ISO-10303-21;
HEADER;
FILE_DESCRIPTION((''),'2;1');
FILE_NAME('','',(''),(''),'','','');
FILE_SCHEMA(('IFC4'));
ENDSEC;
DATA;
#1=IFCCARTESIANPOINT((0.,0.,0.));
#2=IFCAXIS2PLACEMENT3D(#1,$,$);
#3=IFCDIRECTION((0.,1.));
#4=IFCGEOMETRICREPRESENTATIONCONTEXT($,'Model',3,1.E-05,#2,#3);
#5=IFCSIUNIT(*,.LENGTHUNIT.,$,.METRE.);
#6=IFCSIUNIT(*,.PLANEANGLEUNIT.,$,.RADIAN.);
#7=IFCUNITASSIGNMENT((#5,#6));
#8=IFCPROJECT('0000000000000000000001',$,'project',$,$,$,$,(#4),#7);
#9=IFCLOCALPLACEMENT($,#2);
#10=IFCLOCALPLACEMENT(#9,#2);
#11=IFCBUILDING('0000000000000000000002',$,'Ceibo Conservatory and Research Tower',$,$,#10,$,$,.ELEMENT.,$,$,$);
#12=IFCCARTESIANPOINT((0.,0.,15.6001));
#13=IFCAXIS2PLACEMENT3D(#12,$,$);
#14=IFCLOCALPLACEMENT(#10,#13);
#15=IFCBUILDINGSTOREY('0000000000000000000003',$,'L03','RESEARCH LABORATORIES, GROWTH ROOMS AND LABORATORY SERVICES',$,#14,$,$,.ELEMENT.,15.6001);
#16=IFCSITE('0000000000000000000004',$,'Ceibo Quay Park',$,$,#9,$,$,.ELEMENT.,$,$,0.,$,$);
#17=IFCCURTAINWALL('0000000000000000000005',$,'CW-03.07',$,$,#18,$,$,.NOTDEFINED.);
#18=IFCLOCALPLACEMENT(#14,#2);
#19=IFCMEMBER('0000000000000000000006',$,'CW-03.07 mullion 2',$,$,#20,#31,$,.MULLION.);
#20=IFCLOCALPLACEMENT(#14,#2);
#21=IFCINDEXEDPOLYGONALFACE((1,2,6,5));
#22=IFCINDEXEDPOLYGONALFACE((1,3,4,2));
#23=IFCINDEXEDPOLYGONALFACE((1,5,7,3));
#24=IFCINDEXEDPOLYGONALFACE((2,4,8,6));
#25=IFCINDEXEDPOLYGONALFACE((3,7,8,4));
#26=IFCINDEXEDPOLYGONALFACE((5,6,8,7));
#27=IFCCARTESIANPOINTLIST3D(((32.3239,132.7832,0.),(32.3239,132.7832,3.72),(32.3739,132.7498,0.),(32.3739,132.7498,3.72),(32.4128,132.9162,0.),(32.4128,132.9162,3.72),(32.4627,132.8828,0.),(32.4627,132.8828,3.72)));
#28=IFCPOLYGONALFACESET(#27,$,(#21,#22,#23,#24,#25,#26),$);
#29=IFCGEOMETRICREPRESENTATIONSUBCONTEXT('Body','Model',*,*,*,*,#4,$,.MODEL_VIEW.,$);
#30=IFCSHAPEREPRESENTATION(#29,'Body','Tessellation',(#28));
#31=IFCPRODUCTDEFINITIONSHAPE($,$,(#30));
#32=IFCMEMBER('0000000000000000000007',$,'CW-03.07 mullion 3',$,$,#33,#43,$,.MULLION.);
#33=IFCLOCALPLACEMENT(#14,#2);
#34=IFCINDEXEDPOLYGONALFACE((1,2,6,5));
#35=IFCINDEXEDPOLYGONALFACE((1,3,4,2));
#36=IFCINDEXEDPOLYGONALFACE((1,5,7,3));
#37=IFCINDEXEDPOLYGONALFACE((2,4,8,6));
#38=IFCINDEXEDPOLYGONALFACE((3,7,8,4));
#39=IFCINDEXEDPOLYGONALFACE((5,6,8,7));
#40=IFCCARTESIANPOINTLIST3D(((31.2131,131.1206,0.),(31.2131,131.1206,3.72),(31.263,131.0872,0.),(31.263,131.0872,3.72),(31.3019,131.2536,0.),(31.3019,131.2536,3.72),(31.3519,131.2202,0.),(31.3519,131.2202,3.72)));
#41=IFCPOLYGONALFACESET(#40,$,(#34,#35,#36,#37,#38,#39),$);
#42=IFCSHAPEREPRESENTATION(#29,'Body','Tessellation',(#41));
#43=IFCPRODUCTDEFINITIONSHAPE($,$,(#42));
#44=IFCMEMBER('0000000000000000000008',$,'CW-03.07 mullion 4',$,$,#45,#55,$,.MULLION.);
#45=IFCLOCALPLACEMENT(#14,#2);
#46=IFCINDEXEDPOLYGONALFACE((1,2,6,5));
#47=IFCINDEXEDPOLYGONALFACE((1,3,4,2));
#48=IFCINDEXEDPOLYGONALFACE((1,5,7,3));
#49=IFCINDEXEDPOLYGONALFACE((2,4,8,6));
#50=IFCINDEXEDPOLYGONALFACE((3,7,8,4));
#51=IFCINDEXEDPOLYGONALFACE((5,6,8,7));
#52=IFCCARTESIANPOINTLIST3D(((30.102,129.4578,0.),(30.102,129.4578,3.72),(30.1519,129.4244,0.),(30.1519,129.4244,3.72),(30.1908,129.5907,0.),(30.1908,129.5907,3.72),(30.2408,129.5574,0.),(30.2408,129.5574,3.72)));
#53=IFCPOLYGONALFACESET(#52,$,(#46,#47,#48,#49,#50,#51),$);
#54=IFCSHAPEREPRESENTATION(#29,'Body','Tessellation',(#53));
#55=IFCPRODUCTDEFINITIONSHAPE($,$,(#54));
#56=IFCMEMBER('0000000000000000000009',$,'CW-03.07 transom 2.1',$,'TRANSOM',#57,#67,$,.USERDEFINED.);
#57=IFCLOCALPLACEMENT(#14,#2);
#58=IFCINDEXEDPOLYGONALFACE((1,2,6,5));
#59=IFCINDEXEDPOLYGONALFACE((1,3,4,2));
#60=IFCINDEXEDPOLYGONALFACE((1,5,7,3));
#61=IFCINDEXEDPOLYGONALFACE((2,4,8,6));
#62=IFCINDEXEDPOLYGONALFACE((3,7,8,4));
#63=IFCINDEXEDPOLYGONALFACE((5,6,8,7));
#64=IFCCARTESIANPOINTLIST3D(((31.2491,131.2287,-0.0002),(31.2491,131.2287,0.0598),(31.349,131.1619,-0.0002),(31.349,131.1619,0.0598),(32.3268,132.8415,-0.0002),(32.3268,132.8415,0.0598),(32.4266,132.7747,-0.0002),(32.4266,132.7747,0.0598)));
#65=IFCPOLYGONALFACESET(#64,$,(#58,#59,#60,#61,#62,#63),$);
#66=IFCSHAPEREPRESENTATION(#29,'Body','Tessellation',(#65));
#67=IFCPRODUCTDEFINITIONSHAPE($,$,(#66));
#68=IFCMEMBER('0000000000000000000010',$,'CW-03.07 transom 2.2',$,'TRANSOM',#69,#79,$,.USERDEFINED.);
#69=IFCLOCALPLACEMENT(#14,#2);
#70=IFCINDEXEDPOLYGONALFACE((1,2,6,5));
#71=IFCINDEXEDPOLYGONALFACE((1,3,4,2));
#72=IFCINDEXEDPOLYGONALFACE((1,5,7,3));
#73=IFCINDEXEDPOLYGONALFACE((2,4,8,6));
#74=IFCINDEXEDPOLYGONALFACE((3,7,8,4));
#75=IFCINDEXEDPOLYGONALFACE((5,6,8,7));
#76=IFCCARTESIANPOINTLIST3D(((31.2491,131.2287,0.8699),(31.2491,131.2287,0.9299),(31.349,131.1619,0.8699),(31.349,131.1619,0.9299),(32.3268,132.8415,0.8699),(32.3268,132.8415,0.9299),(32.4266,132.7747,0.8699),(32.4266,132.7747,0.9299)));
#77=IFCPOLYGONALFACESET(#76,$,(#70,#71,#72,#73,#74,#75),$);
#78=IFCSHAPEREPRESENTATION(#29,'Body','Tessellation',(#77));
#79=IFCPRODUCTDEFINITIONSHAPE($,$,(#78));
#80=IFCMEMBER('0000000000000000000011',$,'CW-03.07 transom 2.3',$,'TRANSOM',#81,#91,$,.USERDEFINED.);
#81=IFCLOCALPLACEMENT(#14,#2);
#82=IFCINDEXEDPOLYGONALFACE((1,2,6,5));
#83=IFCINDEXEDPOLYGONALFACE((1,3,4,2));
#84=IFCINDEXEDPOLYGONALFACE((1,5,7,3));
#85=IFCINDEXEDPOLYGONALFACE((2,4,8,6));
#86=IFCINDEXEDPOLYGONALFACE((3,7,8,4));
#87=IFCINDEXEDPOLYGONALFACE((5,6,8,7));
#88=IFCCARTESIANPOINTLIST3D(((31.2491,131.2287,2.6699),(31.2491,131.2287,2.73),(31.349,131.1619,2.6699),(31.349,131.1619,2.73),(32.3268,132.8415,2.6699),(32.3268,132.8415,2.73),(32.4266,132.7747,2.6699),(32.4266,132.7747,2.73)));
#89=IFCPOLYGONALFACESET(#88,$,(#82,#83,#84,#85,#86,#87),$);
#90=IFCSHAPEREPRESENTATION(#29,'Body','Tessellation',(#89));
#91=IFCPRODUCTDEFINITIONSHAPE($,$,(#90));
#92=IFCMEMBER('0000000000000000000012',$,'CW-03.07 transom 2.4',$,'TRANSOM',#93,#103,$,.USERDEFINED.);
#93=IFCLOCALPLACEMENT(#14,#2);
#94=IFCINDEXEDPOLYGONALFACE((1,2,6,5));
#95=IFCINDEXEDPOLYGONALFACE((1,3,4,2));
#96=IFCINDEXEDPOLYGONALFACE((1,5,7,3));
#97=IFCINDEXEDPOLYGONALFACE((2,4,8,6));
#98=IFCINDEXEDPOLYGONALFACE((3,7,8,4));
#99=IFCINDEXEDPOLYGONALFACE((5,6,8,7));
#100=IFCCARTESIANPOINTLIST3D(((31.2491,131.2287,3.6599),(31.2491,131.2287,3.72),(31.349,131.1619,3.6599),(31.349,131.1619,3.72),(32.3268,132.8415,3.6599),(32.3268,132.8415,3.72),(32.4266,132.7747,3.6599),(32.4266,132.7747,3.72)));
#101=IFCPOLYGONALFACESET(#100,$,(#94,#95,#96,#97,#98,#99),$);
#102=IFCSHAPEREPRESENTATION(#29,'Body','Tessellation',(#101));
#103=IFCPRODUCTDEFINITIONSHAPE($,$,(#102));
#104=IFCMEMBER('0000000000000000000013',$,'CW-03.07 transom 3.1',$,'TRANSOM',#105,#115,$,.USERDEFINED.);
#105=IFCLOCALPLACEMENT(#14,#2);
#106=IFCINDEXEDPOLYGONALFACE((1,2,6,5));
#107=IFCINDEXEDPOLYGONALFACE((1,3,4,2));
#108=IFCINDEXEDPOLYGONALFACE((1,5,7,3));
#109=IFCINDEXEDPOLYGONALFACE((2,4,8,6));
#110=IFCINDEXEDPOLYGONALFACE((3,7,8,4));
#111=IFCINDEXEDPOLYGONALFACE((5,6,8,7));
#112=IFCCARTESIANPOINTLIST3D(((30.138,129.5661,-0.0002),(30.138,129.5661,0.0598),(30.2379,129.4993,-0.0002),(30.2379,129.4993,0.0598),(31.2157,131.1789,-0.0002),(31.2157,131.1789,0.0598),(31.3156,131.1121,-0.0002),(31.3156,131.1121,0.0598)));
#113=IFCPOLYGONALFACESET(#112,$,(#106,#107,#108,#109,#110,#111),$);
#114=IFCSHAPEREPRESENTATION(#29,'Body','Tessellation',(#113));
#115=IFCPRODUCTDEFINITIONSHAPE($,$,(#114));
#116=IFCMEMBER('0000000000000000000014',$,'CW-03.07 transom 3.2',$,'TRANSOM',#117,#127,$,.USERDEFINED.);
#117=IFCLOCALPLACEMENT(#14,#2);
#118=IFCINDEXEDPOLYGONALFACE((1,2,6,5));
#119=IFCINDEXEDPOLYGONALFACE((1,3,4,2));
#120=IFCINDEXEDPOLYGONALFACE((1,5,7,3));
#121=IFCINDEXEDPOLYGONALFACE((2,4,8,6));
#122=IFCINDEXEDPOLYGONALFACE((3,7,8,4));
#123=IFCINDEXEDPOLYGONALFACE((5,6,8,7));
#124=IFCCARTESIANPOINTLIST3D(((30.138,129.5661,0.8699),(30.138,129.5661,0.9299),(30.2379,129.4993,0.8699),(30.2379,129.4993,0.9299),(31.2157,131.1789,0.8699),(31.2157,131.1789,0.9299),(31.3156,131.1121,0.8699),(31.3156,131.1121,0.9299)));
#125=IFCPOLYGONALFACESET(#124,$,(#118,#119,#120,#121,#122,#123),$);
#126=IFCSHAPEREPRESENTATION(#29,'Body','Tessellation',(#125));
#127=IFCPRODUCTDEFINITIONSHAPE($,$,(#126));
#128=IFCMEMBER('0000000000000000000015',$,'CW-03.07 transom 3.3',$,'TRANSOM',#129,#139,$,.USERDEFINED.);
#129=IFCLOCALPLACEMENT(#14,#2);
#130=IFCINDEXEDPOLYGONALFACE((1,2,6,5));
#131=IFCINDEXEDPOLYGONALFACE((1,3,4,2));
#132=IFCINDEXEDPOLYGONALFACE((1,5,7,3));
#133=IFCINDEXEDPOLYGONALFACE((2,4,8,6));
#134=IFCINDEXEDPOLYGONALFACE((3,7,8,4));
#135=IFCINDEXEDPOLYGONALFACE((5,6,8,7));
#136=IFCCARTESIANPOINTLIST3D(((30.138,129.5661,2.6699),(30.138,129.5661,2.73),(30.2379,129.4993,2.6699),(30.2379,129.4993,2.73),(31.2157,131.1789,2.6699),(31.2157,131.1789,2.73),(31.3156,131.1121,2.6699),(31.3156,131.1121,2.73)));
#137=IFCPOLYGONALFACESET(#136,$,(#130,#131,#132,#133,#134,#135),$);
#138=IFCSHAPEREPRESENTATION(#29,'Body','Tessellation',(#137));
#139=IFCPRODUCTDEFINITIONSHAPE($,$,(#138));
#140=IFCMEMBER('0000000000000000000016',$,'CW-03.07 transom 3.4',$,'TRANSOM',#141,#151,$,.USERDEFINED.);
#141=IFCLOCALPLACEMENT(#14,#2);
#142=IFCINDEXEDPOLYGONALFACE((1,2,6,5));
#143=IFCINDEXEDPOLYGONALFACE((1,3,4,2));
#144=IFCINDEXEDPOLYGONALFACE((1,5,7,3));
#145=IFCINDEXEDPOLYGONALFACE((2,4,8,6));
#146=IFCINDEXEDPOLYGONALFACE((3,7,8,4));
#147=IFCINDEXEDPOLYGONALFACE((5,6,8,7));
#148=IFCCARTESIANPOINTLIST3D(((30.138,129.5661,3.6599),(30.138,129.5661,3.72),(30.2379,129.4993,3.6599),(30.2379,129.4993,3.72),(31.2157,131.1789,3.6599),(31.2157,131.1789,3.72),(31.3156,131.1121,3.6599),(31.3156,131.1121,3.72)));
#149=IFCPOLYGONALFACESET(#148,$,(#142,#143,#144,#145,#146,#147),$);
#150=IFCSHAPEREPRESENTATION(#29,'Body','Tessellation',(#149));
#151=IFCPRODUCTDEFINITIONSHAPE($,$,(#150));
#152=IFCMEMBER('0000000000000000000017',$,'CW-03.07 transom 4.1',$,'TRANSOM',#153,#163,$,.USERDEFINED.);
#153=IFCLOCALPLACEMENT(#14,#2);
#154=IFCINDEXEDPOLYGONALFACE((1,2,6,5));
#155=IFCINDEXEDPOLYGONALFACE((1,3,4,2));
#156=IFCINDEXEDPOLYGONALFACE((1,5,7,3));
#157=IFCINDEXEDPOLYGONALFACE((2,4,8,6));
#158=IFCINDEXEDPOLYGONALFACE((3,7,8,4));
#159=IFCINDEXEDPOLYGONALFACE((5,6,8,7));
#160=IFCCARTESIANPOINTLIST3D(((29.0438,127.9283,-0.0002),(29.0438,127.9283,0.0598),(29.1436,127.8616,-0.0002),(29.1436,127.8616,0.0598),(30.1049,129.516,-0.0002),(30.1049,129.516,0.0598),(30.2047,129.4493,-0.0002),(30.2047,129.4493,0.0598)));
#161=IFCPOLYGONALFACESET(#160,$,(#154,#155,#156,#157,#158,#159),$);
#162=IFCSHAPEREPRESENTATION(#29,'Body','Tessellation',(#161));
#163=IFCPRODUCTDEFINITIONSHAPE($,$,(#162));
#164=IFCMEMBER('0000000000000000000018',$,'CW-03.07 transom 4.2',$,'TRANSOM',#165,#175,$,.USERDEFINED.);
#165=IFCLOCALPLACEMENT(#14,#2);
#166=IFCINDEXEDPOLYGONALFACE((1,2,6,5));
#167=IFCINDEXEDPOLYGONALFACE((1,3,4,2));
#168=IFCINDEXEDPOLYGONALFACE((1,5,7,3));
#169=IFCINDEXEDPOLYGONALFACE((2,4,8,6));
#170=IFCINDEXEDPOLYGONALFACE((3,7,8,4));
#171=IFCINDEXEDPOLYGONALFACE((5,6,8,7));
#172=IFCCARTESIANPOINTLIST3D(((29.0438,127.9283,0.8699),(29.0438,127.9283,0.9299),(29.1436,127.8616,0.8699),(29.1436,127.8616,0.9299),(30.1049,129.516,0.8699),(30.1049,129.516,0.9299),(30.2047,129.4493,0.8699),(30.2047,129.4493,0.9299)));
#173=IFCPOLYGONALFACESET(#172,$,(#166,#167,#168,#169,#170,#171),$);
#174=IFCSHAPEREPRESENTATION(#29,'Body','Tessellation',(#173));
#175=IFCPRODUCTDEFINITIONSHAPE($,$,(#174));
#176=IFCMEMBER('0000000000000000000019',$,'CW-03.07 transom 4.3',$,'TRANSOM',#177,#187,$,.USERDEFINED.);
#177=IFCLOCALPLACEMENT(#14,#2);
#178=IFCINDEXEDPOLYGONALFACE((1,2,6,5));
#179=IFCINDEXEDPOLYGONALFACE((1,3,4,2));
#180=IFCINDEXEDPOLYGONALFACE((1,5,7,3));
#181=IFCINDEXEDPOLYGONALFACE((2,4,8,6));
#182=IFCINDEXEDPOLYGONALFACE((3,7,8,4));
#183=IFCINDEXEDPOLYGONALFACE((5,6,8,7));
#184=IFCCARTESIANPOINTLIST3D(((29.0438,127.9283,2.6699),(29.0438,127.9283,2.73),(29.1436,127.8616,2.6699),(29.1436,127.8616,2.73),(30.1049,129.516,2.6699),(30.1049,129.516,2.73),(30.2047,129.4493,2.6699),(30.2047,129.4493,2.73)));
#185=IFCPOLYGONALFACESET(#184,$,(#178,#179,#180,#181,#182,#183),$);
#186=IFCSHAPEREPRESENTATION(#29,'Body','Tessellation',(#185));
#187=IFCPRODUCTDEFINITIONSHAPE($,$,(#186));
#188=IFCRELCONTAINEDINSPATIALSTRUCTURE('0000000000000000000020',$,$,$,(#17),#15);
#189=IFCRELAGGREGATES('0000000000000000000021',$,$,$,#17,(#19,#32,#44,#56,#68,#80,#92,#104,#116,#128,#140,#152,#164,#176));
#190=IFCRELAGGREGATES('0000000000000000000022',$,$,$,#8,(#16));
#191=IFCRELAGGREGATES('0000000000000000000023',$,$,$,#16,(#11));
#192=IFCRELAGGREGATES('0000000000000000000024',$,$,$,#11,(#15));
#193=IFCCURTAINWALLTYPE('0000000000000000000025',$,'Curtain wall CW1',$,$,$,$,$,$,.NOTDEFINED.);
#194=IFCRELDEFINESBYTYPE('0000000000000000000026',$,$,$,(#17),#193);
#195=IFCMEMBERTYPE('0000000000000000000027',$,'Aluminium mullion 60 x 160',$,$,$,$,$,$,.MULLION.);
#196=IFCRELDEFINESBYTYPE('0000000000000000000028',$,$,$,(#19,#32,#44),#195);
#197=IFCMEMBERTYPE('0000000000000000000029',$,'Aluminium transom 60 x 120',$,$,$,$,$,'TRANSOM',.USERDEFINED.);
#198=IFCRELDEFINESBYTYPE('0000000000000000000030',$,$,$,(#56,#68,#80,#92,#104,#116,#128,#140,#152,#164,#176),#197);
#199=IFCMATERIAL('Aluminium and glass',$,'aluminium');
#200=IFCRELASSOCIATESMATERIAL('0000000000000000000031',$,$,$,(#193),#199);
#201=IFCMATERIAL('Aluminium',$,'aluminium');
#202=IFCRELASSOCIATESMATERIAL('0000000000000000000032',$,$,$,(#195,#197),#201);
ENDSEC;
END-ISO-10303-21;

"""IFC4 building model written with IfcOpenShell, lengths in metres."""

from ifc_helpers import new_model, si_unit, direction, frame, origin, origin_2d, place, context, subcontext, project, spatial, rectangle, extrude, material, material_profile, profile_set, type_object, element, aggregate, save


model = new_model("IFC4")

# Units and contexts
model_context = context("Model", 3, precision=1e-05, world=origin(), true_north=direction((0.0, 1.0)))
body_context = subcontext(model_context, "Body", "Model", "MODEL_VIEW")
ifc_project = project(units=[si_unit("LENGTHUNIT", "METRE"), si_unit("PLANEANGLEUNIT", "RADIAN")], contexts=[model_context])

# Site, building, storey
site_placement = place(None, origin())
site = spatial("IfcSite", under=ifc_project, at=site_placement, Name="Ceibo Quay Park", CompositionType="ELEMENT", RefElevation=0.0)
building_placement = place(site_placement, origin())
building = spatial("IfcBuilding", under=site, at=building_placement, Name="Ceibo Conservatory and Research Tower", CompositionType="ELEMENT")
storey_placement = place(building_placement, frame((0.0, 0.0, 15.6001)))
storey = spatial("IfcBuildingStorey", under=building, at=storey_placement, Name="L03", Description="RESEARCH LABORATORIES, GROWTH ROOMS AND LABORATORY SERVICES", CompositionType="ELEMENT", Elevation=15.6001)

# Curtain wall, members
ifc_material_1 = material(Name="Aluminium and glass", Category="aluminium")
curtain_wall_type = type_object("IfcCurtainWallType", Name="Curtain wall CW1", PredefinedType="NOTDEFINED", material=ifc_material_1)
curtain_wall_placement = place(storey_placement, origin())
curtain_wall = element("IfcCurtainWall", 1, at=curtain_wall_placement, inside=storey, type_object=curtain_wall_type, Name="CW-03.07", PredefinedType="NOTDEFINED")
ifc_material_2 = material(Name="Aluminium", Category="aluminium")
ifc_material_profile_1 = material_profile(ifc_material_2, rectangle(XDim=0.0601, YDim=0.1599, at=origin_2d()), Name="Aluminium 60 x 160")
ifc_profile_set_1 = profile_set([ifc_material_profile_1], Name="Aluminium")
member_type_1 = type_object("IfcMemberType", Name="Aluminium mullion 60 x 160", PredefinedType="MULLION", material=ifc_profile_set_1)
member_1_placement = place(storey_placement, frame((32.3933, 132.833, 0.0), z_axis=(0.0, 0.0, 1.0), x_axis=(0.83147, -0.55557, 0.0)))
member_1 = element("IfcMember", 2, at=member_1_placement, type_object=member_type_1, Name="CW-03.07 mullion 2", PredefinedType="MULLION", context=body_context, shape_type="SweptSolid", body=[
    extrude(rectangle(XDim=0.0601, YDim=0.1599, at=origin_2d()), origin(), (0.0, 0.0, 1.0), 3.72),
])
member_2_placement = place(storey_placement, frame((31.2825, 131.1704, 0.0), z_axis=(0.0, 0.0, 1.0), x_axis=(0.83147, -0.55557, 0.0)))
member_2 = element("IfcMember", 3, at=member_2_placement, type_object=member_type_1, Name="CW-03.07 mullion 3", PredefinedType="MULLION", context=body_context, shape_type="SweptSolid", body=[
    extrude(rectangle(XDim=0.0601, YDim=0.1599, at=origin_2d()), origin(), (0.0, 0.0, 1.0), 3.72),
])
member_3_placement = place(storey_placement, frame((30.1714, 129.5076, 0.0), z_axis=(0.0, 0.0, 1.0), x_axis=(0.83147, -0.55557, 0.0)))
member_3 = element("IfcMember", 4, at=member_3_placement, type_object=member_type_1, Name="CW-03.07 mullion 4", PredefinedType="MULLION", context=body_context, shape_type="SweptSolid", body=[
    extrude(rectangle(XDim=0.0601, YDim=0.1599, at=origin_2d()), origin(), (0.0, 0.0, 1.0), 3.72),
])
ifc_material_profile_2 = material_profile(ifc_material_2, rectangle(XDim=0.1201, YDim=0.0601, at=origin_2d()), Name="Aluminium 60 x 120")
ifc_profile_set_2 = profile_set([ifc_material_profile_2], Name="Aluminium")
member_type_2 = type_object("IfcMemberType", Name="Aluminium transom 60 x 120", ElementType="TRANSOM", PredefinedType="USERDEFINED", material=ifc_profile_set_2)
member_4_placement = place(storey_placement, frame((32.3767, 132.8081, 0.0298), z_axis=(-0.555571, -0.831469, 0.0), x_axis=(0.831469, -0.555571, 0.0)))
member_4 = element("IfcMember", 5, at=member_4_placement, type_object=member_type_2, Name="CW-03.07 transom 2.1", ObjectType="TRANSOM", PredefinedType="USERDEFINED", context=body_context, shape_type="SweptSolid", body=[
    extrude(rectangle(XDim=0.1201, YDim=0.0601, at=origin_2d()), origin(), (0.0, 0.0, 1.0), 1.9397),
])
member_5_placement = place(storey_placement, frame((32.3767, 132.8081, 0.8999), z_axis=(-0.555571, -0.831469, 0.0), x_axis=(0.831469, -0.555571, 0.0)))
member_5 = element("IfcMember", 6, at=member_5_placement, type_object=member_type_2, Name="CW-03.07 transom 2.2", ObjectType="TRANSOM", PredefinedType="USERDEFINED", context=body_context, shape_type="SweptSolid", body=[
    extrude(rectangle(XDim=0.1201, YDim=0.0601, at=origin_2d()), origin(), (0.0, 0.0, 1.0), 1.9397),
])
member_6_placement = place(storey_placement, frame((32.3767, 132.8081, 2.7), z_axis=(-0.555571, -0.831469, 0.0), x_axis=(0.831469, -0.555571, 0.0)))
member_6 = element("IfcMember", 7, at=member_6_placement, type_object=member_type_2, Name="CW-03.07 transom 2.3", ObjectType="TRANSOM", PredefinedType="USERDEFINED", context=body_context, shape_type="SweptSolid", body=[
    extrude(rectangle(XDim=0.1201, YDim=0.0601, at=origin_2d()), origin(), (0.0, 0.0, 1.0), 1.9397),
])
member_7_placement = place(storey_placement, frame((32.3767, 132.8081, 3.6899), z_axis=(-0.555571, -0.831469, 0.0), x_axis=(0.831469, -0.555571, 0.0)))
member_7 = element("IfcMember", 8, at=member_7_placement, type_object=member_type_2, Name="CW-03.07 transom 2.4", ObjectType="TRANSOM", PredefinedType="USERDEFINED", context=body_context, shape_type="SweptSolid", body=[
    extrude(rectangle(XDim=0.1201, YDim=0.0601, at=origin_2d()), origin(), (0.0, 0.0, 1.0), 1.9397),
])
member_8_placement = place(storey_placement, frame((31.2656, 131.1455, 0.0298), z_axis=(-0.555571, -0.831469, 0.0), x_axis=(0.831469, -0.555571, 0.0)))
member_8 = element("IfcMember", 9, at=member_8_placement, type_object=member_type_2, Name="CW-03.07 transom 3.1", ObjectType="TRANSOM", PredefinedType="USERDEFINED", context=body_context, shape_type="SweptSolid", body=[
    extrude(rectangle(XDim=0.1201, YDim=0.0601, at=origin_2d()), origin(), (0.0, 0.0, 1.0), 1.9397),
])
member_9_placement = place(storey_placement, frame((31.2656, 131.1455, 0.8999), z_axis=(-0.555571, -0.831469, 0.0), x_axis=(0.831469, -0.555571, 0.0)))
member_9 = element("IfcMember", 10, at=member_9_placement, type_object=member_type_2, Name="CW-03.07 transom 3.2", ObjectType="TRANSOM", PredefinedType="USERDEFINED", context=body_context, shape_type="SweptSolid", body=[
    extrude(rectangle(XDim=0.1201, YDim=0.0601, at=origin_2d()), origin(), (0.0, 0.0, 1.0), 1.9397),
])
member_10_placement = place(storey_placement, frame((31.2656, 131.1455, 2.7), z_axis=(-0.555571, -0.831469, 0.0), x_axis=(0.831469, -0.555571, 0.0)))
member_10 = element("IfcMember", 11, at=member_10_placement, type_object=member_type_2, Name="CW-03.07 transom 3.3", ObjectType="TRANSOM", PredefinedType="USERDEFINED", context=body_context, shape_type="SweptSolid", body=[
    extrude(rectangle(XDim=0.1201, YDim=0.0601, at=origin_2d()), origin(), (0.0, 0.0, 1.0), 1.9397),
])
member_11_placement = place(storey_placement, frame((31.2656, 131.1455, 3.6899), z_axis=(-0.555571, -0.831469, 0.0), x_axis=(0.831469, -0.555571, 0.0)))
member_11 = element("IfcMember", 12, at=member_11_placement, type_object=member_type_2, Name="CW-03.07 transom 3.4", ObjectType="TRANSOM", PredefinedType="USERDEFINED", context=body_context, shape_type="SweptSolid", body=[
    extrude(rectangle(XDim=0.1201, YDim=0.0601, at=origin_2d()), origin(), (0.0, 0.0, 1.0), 1.9397),
])
member_12_placement = place(storey_placement, frame((30.1548, 129.4827, 0.0298), z_axis=(-0.555644, -0.83142, 0.0), x_axis=(0.83142, -0.555644, 0.0)))
member_12 = element("IfcMember", 13, at=member_12_placement, type_object=member_type_2, Name="CW-03.07 transom 4.1", ObjectType="TRANSOM", PredefinedType="USERDEFINED", context=body_context, shape_type="SweptSolid", body=[
    extrude(rectangle(XDim=0.1201, YDim=0.0601, at=origin_2d()), origin(), (0.0, 0.0, 1.0), 1.9097),
])
member_13_placement = place(storey_placement, frame((30.1548, 129.4827, 0.8999), z_axis=(-0.555644, -0.83142, 0.0), x_axis=(0.83142, -0.555644, 0.0)))
member_13 = element("IfcMember", 14, at=member_13_placement, type_object=member_type_2, Name="CW-03.07 transom 4.2", ObjectType="TRANSOM", PredefinedType="USERDEFINED", context=body_context, shape_type="SweptSolid", body=[
    extrude(rectangle(XDim=0.1201, YDim=0.0601, at=origin_2d()), origin(), (0.0, 0.0, 1.0), 1.9097),
])
member_14_placement = place(storey_placement, frame((30.1548, 129.4827, 2.7), z_axis=(-0.555644, -0.83142, 0.0), x_axis=(0.83142, -0.555644, 0.0)))
member_14 = element("IfcMember", 15, at=member_14_placement, type_object=member_type_2, Name="CW-03.07 transom 4.3", ObjectType="TRANSOM", PredefinedType="USERDEFINED", context=body_context, shape_type="SweptSolid", body=[
    extrude(rectangle(XDim=0.1201, YDim=0.0601, at=origin_2d()), origin(), (0.0, 0.0, 1.0), 1.9097),
])

aggregate(curtain_wall, [member_1, member_2, member_3, member_4, member_5, member_6, member_7, member_8, member_9, member_10, member_11, member_12, member_13, member_14])

save(model, "model.ifc")
